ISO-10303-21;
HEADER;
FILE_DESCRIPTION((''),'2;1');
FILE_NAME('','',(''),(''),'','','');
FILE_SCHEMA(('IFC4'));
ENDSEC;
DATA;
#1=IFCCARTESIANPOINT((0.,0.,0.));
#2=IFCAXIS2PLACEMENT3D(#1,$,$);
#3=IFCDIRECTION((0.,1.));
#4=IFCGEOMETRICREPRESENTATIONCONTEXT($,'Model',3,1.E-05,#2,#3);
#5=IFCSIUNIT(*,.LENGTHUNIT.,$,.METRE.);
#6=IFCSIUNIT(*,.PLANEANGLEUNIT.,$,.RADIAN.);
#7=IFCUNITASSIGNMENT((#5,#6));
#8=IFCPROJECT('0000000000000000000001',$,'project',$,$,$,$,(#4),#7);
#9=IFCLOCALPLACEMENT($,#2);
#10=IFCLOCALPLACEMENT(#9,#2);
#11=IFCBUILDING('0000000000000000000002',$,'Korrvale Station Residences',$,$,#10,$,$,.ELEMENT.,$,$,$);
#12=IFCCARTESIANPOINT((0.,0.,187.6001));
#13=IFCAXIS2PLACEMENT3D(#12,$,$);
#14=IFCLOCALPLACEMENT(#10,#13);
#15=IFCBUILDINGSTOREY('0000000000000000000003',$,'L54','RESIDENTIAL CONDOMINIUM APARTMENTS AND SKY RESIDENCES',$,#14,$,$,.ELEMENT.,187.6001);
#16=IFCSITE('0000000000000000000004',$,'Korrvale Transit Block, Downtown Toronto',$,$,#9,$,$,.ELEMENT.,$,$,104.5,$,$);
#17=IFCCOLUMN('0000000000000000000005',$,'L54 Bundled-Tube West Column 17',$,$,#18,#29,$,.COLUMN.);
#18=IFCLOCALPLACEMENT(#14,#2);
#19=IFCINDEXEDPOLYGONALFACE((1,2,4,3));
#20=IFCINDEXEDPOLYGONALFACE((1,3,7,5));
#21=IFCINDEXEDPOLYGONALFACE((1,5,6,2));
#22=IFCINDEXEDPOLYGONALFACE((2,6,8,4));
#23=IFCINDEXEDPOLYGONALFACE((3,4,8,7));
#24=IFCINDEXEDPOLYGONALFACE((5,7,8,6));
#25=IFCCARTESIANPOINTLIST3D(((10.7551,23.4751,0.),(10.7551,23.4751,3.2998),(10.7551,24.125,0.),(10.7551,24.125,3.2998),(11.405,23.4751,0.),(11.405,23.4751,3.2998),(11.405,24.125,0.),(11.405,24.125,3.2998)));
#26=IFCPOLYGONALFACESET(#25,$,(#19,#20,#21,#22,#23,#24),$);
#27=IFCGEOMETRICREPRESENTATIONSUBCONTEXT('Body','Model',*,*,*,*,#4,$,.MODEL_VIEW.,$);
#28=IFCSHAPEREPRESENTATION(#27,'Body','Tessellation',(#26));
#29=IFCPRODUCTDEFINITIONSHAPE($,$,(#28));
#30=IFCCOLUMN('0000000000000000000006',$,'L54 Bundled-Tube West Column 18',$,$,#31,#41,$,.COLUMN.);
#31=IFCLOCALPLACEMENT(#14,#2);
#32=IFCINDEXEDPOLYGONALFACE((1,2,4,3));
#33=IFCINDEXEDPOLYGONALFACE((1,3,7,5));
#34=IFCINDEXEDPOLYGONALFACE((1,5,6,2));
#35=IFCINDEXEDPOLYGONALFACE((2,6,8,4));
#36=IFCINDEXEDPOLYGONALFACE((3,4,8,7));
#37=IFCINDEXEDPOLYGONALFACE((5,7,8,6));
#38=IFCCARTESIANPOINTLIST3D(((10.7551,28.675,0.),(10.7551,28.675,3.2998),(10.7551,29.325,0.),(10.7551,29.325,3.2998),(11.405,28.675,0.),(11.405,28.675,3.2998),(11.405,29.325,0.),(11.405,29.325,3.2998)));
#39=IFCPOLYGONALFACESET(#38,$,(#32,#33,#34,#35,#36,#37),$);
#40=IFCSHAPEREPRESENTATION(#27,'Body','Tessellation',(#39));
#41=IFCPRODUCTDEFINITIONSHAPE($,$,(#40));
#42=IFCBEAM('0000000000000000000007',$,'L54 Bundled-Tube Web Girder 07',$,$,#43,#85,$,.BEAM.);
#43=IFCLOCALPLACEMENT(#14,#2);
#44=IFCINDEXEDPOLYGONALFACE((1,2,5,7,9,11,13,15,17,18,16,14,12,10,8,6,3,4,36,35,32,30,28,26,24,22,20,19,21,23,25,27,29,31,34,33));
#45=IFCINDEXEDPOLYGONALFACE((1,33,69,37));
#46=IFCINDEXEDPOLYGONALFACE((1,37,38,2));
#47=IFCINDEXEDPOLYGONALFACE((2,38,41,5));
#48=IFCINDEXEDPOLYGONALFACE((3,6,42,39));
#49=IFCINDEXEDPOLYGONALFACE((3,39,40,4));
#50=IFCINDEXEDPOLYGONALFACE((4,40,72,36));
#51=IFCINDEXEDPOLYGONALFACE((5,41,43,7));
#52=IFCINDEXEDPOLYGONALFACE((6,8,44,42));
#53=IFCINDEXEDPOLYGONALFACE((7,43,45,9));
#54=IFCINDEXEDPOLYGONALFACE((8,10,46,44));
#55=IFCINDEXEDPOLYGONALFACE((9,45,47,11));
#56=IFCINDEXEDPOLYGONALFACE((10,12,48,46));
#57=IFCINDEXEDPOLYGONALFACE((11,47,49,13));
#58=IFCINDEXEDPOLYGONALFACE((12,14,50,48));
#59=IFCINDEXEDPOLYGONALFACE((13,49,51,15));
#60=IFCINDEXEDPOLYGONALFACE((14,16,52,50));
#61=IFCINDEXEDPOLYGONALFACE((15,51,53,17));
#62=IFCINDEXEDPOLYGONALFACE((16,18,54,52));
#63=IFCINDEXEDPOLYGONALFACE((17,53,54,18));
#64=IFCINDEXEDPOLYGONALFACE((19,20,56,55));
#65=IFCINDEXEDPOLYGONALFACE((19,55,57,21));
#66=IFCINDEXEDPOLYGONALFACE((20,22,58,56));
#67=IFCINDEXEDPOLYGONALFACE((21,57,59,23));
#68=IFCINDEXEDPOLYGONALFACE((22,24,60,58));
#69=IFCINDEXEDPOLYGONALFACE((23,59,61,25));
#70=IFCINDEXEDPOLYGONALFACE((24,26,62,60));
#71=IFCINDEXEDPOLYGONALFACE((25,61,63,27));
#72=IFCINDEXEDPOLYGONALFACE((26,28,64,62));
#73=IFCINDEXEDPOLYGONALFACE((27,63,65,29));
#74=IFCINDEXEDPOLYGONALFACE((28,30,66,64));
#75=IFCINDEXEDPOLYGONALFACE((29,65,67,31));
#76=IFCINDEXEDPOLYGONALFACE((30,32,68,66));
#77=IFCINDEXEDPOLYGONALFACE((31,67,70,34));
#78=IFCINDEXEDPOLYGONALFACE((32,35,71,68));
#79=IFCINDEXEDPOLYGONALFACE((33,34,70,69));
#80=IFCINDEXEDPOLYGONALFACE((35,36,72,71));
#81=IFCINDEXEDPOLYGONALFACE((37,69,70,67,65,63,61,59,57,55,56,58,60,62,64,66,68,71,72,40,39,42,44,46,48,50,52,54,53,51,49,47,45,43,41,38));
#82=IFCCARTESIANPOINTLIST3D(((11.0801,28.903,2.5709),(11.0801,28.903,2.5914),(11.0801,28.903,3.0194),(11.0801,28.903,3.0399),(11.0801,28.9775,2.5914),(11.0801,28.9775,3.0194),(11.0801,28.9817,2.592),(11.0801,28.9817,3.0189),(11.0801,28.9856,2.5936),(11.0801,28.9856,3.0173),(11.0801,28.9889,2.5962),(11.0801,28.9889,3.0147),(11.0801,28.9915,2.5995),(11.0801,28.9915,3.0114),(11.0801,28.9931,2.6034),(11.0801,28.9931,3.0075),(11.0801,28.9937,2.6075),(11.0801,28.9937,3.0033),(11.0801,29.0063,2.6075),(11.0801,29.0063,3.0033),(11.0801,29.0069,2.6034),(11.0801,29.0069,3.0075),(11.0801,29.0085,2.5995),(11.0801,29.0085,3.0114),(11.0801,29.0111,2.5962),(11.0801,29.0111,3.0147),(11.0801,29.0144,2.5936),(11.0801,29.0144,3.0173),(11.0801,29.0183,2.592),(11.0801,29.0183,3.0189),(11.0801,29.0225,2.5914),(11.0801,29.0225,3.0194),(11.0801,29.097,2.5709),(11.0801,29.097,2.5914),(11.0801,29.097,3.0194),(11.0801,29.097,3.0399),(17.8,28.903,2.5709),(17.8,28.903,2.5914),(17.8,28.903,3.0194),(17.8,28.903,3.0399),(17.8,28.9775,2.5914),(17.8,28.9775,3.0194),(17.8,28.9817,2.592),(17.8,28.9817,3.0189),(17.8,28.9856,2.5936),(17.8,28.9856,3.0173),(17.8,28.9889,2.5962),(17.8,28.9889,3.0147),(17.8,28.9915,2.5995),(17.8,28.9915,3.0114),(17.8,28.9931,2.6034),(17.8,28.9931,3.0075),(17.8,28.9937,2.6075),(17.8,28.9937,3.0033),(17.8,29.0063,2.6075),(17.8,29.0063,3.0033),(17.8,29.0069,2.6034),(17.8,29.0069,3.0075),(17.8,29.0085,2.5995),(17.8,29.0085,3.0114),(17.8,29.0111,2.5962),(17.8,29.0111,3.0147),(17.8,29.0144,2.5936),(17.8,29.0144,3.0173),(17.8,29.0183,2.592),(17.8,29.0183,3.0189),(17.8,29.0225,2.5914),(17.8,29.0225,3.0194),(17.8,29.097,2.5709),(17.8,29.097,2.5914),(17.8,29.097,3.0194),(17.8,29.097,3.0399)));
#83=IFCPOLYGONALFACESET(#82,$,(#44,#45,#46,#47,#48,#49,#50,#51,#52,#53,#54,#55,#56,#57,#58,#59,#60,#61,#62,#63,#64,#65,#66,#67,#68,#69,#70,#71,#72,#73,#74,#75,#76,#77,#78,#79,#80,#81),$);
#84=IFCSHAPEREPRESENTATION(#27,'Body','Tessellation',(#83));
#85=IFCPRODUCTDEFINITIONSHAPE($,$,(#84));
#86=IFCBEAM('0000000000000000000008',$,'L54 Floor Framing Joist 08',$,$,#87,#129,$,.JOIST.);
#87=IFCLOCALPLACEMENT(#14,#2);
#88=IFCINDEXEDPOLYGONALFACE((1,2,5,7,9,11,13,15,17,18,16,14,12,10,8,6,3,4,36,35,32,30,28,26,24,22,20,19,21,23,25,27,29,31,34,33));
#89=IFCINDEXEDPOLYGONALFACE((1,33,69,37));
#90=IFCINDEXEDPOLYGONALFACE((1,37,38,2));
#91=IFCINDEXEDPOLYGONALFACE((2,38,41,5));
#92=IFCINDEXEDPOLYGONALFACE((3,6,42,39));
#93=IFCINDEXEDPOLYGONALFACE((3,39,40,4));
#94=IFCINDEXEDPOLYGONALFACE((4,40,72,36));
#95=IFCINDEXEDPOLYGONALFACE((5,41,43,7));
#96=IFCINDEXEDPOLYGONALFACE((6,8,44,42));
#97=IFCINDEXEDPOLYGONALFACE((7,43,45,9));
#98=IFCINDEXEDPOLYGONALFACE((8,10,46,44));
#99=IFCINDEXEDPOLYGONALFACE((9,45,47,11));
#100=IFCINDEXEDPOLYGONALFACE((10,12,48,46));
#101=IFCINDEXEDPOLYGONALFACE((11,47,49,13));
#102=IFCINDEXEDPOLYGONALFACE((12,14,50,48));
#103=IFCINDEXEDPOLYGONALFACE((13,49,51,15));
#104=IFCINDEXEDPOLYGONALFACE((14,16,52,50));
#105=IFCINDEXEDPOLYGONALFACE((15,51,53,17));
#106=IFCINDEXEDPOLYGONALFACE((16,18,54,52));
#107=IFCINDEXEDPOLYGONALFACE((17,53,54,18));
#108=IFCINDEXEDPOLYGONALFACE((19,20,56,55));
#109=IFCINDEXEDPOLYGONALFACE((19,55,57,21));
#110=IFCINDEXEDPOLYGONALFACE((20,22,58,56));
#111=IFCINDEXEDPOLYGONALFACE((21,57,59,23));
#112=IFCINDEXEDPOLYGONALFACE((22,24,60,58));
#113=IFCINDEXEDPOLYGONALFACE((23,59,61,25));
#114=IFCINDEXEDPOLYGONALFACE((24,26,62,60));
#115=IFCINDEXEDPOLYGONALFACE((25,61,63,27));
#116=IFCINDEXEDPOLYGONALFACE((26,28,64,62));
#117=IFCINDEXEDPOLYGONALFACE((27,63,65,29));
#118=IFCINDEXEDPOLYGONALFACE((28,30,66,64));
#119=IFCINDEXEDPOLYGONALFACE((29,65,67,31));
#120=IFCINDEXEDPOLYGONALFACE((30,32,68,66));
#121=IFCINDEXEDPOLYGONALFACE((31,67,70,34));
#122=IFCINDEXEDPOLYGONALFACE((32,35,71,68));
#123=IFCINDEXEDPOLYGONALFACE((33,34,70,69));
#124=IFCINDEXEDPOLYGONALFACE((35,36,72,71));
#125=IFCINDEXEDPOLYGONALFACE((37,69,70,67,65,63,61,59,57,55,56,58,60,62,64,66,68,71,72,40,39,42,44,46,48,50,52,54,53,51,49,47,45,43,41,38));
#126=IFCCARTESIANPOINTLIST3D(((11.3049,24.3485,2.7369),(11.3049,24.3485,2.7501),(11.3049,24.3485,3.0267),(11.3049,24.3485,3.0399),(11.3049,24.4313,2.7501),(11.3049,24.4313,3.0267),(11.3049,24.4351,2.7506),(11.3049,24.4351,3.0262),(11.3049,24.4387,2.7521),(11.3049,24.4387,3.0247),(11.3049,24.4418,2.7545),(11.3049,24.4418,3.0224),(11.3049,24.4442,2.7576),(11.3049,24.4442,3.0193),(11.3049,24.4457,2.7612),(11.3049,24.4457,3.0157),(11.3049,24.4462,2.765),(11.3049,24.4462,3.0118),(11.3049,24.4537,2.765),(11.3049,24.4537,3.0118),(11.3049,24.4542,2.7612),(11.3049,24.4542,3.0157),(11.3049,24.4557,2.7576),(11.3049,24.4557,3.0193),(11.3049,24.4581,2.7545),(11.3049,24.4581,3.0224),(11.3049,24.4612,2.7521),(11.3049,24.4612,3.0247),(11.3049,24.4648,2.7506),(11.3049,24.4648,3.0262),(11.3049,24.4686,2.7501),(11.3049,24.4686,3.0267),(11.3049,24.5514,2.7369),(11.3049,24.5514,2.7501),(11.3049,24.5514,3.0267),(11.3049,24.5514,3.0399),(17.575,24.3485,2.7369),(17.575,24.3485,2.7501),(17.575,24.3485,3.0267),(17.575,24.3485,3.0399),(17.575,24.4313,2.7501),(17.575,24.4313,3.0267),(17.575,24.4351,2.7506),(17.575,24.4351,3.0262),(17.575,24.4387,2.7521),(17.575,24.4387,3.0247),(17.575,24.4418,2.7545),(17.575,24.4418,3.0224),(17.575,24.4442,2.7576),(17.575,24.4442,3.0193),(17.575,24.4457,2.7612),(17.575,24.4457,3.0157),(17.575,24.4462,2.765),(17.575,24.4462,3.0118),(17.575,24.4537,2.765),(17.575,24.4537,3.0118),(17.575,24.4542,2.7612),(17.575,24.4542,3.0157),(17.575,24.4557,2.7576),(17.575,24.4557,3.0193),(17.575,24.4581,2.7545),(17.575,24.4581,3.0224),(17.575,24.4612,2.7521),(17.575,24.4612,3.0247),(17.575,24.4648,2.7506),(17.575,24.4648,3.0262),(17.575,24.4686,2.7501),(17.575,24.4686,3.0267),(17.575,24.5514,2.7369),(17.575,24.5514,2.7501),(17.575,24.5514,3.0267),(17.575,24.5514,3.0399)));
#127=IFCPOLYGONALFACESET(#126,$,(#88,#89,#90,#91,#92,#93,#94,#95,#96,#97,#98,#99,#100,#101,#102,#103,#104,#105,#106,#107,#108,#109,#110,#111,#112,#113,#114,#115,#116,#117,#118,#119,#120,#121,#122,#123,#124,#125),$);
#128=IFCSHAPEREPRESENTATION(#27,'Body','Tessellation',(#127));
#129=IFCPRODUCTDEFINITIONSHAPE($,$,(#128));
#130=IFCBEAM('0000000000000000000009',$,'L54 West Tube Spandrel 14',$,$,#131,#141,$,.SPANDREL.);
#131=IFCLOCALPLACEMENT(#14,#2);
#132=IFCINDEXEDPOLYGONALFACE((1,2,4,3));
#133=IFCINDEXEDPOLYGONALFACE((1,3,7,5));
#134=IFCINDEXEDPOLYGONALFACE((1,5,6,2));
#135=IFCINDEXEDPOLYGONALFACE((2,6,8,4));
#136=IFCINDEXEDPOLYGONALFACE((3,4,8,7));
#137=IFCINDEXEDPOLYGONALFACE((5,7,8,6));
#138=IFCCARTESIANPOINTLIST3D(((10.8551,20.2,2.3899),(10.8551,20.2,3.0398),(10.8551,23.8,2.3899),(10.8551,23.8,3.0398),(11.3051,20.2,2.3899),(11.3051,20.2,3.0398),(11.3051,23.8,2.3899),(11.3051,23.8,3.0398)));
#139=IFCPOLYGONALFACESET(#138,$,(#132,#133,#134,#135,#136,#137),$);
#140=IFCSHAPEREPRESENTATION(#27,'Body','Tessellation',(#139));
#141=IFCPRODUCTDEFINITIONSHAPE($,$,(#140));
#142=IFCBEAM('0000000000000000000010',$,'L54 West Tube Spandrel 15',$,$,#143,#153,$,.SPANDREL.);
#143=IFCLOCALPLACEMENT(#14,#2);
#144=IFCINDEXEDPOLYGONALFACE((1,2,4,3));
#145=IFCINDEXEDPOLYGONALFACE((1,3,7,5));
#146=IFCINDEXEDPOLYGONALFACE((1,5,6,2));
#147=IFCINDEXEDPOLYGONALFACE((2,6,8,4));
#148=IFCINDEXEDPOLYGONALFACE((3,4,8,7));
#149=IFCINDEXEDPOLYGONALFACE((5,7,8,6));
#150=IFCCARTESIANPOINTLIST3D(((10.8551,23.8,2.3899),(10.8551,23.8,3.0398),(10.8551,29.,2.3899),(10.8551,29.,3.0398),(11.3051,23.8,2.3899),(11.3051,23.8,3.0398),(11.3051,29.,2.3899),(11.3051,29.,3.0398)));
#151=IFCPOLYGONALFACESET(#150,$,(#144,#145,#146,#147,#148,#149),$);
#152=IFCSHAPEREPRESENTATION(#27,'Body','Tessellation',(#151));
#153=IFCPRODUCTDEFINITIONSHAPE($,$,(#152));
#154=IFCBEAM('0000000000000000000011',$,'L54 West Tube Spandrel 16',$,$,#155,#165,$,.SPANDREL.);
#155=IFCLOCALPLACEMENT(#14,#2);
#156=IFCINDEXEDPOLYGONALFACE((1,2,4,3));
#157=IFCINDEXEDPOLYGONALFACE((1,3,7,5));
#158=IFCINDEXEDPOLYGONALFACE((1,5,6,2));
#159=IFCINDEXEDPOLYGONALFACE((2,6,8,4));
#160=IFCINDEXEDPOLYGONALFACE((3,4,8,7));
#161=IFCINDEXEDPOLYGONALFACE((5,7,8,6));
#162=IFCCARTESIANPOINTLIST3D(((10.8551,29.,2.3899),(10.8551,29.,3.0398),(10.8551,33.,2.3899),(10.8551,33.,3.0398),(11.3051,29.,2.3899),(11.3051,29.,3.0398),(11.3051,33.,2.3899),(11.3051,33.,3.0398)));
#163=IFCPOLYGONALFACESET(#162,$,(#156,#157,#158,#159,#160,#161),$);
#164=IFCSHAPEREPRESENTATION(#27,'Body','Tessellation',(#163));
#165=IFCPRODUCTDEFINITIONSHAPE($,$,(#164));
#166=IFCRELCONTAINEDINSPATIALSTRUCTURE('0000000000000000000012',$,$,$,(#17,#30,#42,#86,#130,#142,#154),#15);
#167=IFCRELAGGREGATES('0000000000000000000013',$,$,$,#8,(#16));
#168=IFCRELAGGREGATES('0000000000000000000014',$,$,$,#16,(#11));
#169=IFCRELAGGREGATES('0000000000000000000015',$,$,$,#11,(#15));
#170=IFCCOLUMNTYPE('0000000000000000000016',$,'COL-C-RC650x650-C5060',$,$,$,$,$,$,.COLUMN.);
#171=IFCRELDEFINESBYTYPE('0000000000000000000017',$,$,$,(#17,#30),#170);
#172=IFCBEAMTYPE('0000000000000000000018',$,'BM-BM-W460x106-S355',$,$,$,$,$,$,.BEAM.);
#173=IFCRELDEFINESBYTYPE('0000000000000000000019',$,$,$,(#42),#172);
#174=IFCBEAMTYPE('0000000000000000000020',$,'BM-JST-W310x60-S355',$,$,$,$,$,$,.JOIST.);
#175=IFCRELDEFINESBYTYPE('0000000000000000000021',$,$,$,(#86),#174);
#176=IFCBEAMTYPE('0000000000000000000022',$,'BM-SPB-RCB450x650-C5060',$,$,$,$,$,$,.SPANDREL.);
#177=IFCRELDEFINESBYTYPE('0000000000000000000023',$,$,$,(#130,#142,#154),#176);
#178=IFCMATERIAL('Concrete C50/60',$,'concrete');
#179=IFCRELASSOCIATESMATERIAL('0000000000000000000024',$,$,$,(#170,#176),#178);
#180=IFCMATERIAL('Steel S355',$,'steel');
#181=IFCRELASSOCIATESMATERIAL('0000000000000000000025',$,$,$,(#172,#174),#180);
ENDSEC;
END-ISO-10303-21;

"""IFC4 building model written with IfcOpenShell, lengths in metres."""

from ifc_helpers import new_model, si_unit, direction, frame, origin, origin_2d, place, context, subcontext, project, spatial, rectangle, i_section, extrude, material, material_profile, profile_set, type_object, element, save


model = new_model("IFC4")

# Units and contexts
model_context = context("Model", 3, precision=1e-05, world=origin(), true_north=direction((0.0, 1.0)))
body_context = subcontext(model_context, "Body", "Model", "MODEL_VIEW")
ifc_project = project(units=[si_unit("LENGTHUNIT", "METRE"), si_unit("PLANEANGLEUNIT", "RADIAN")], contexts=[model_context])

# Site, building, storey
site_placement = place(None, origin())
site = spatial("IfcSite", under=ifc_project, at=site_placement, Name="Korrvale Transit Block, Downtown Toronto", CompositionType="ELEMENT", RefElevation=104.5)
building_placement = place(site_placement, origin())
building = spatial("IfcBuilding", under=site, at=building_placement, Name="Korrvale Station Residences", CompositionType="ELEMENT")
storey_placement = place(building_placement, frame((0.0, 0.0, 187.6001)))
storey = spatial("IfcBuildingStorey", under=building, at=storey_placement, Name="L54", Description="RESIDENTIAL CONDOMINIUM APARTMENTS AND SKY RESIDENCES", CompositionType="ELEMENT", Elevation=187.6001)

# Columns
ifc_material_1 = material(Name="Concrete C50/60", Category="concrete")
ifc_material_profile_1 = material_profile(ifc_material_1, rectangle(XDim=0.6499, YDim=0.6499, at=origin_2d()), Name="RC650x650")
ifc_profile_set_1 = profile_set([ifc_material_profile_1], Name="Concrete C50/60")
column_type = type_object("IfcColumnType", Name="COL-C-RC650x650-C5060", PredefinedType="COLUMN", material=ifc_profile_set_1)
for number, where, z_axis, x_axis, name in (
    (1, (11.0801, 23.8, 0.0), (0.0, 0.0, 1.0), (1.0, 0.0, 0.0), "L54 Bundled-Tube West Column 17"),
    (2, (11.0801, 29.0, 0.0), (0.0, 0.0, 1.0), (1.0, 0.0, 0.0), "L54 Bundled-Tube West Column 18"),
):
    element("IfcColumn", number, at=place(storey_placement, frame(where, z_axis=z_axis, x_axis=x_axis)), inside=storey, type_object=column_type, Name=name, PredefinedType="COLUMN", context=body_context, shape_type="SweptSolid", body=[
        extrude(rectangle(XDim=0.6499, YDim=0.6499, at=origin_2d()), origin(), (0.0, 0.0, 1.0), 3.2998),
    ])

# Beams
ifc_material_2 = material(Name="Steel S355", Category="steel")
ifc_material_profile_2 = material_profile(ifc_material_2, i_section(OverallWidth=0.1941, OverallDepth=0.469, WebThickness=0.0127, FlangeThickness=0.0205, FilletRadius=0.0161, at=origin_2d()), Name="W460x106")
ifc_profile_set_2 = profile_set([ifc_material_profile_2], Name="Steel S355")
beam_type_1 = type_object("IfcBeamType", Name="BM-BM-W460x106-S355", PredefinedType="BEAM", material=ifc_profile_set_2)
beam_1_placement = place(storey_placement, frame((11.0801, 29.0, 2.8054), z_axis=(1.0, 0.0, 0.0), x_axis=(0.0, 1.0, 0.0)))
element("IfcBeam", 3, at=beam_1_placement, inside=storey, type_object=beam_type_1, Name="L54 Bundled-Tube Web Girder 07", PredefinedType="BEAM", context=body_context, shape_type="SweptSolid", body=[
    extrude(i_section(OverallWidth=0.1941, OverallDepth=0.469, WebThickness=0.0127, FlangeThickness=0.0205, FilletRadius=0.0161, at=origin_2d()), origin(), (0.0, 0.0, 1.0), 6.72),
])
ifc_material_profile_3 = material_profile(ifc_material_2, i_section(OverallWidth=0.2029, OverallDepth=0.303, WebThickness=0.0076, FlangeThickness=0.0132, FilletRadius=0.0149, at=origin_2d()), Name="W310x60")
ifc_profile_set_3 = profile_set([ifc_material_profile_3], Name="Steel S355")
beam_type_2 = type_object("IfcBeamType", Name="BM-JST-W310x60-S355", PredefinedType="JOIST", material=ifc_profile_set_3)
beam_2_placement = place(storey_placement, frame((11.3049, 24.45, 2.8884), z_axis=(1.0, 0.0, 0.0), x_axis=(0.0, 1.0, 0.0)))
element("IfcBeam", 4, at=beam_2_placement, inside=storey, type_object=beam_type_2, Name="L54 Floor Framing Joist 08", PredefinedType="JOIST", context=body_context, shape_type="SweptSolid", body=[
    extrude(i_section(OverallWidth=0.2029, OverallDepth=0.303, WebThickness=0.0076, FlangeThickness=0.0132, FilletRadius=0.0149, at=origin_2d()), origin(), (0.0, 0.0, 1.0), 6.27),
])
ifc_material_profile_4 = material_profile(ifc_material_1, rectangle(XDim=0.45, YDim=0.6499, at=origin_2d()), Name="RCB450x650")
ifc_profile_set_4 = profile_set([ifc_material_profile_4], Name="Concrete C50/60")
beam_type_3 = type_object("IfcBeamType", Name="BM-SPB-RCB450x650-C5060", PredefinedType="SPANDREL", material=ifc_profile_set_4)
beam_3_placement = place(storey_placement, frame((11.0801, 20.2, 2.7148), z_axis=(0.0, 1.0, 0.0), x_axis=(-1.0, 0.0, 0.0)))
element("IfcBeam", 5, at=beam_3_placement, inside=storey, type_object=beam_type_3, Name="L54 West Tube Spandrel 14", PredefinedType="SPANDREL", context=body_context, shape_type="SweptSolid", body=[
    extrude(rectangle(XDim=0.45, YDim=0.6499, at=origin_2d()), origin(), (0.0, 0.0, 1.0), 3.6001),
])
beam_4_placement = place(storey_placement, frame((11.0801, 23.8, 2.7148), z_axis=(0.0, 1.0, 0.0), x_axis=(-1.0, 0.0, 0.0)))
element("IfcBeam", 6, at=beam_4_placement, inside=storey, type_object=beam_type_3, Name="L54 West Tube Spandrel 15", PredefinedType="SPANDREL", context=body_context, shape_type="SweptSolid", body=[
    extrude(rectangle(XDim=0.45, YDim=0.6499, at=origin_2d()), origin(), (0.0, 0.0, 1.0), 5.2),
])
beam_5_placement = place(storey_placement, frame((11.0801, 29.0, 2.7148), z_axis=(0.0, 1.0, 0.0), x_axis=(-1.0, 0.0, 0.0)))
element("IfcBeam", 7, at=beam_5_placement, inside=storey, type_object=beam_type_3, Name="L54 West Tube Spandrel 16", PredefinedType="SPANDREL", context=body_context, shape_type="SweptSolid", body=[
    extrude(rectangle(XDim=0.45, YDim=0.6499, at=origin_2d()), origin(), (0.0, 0.0, 1.0), 4.0),
])

save(model, "model.ifc")
